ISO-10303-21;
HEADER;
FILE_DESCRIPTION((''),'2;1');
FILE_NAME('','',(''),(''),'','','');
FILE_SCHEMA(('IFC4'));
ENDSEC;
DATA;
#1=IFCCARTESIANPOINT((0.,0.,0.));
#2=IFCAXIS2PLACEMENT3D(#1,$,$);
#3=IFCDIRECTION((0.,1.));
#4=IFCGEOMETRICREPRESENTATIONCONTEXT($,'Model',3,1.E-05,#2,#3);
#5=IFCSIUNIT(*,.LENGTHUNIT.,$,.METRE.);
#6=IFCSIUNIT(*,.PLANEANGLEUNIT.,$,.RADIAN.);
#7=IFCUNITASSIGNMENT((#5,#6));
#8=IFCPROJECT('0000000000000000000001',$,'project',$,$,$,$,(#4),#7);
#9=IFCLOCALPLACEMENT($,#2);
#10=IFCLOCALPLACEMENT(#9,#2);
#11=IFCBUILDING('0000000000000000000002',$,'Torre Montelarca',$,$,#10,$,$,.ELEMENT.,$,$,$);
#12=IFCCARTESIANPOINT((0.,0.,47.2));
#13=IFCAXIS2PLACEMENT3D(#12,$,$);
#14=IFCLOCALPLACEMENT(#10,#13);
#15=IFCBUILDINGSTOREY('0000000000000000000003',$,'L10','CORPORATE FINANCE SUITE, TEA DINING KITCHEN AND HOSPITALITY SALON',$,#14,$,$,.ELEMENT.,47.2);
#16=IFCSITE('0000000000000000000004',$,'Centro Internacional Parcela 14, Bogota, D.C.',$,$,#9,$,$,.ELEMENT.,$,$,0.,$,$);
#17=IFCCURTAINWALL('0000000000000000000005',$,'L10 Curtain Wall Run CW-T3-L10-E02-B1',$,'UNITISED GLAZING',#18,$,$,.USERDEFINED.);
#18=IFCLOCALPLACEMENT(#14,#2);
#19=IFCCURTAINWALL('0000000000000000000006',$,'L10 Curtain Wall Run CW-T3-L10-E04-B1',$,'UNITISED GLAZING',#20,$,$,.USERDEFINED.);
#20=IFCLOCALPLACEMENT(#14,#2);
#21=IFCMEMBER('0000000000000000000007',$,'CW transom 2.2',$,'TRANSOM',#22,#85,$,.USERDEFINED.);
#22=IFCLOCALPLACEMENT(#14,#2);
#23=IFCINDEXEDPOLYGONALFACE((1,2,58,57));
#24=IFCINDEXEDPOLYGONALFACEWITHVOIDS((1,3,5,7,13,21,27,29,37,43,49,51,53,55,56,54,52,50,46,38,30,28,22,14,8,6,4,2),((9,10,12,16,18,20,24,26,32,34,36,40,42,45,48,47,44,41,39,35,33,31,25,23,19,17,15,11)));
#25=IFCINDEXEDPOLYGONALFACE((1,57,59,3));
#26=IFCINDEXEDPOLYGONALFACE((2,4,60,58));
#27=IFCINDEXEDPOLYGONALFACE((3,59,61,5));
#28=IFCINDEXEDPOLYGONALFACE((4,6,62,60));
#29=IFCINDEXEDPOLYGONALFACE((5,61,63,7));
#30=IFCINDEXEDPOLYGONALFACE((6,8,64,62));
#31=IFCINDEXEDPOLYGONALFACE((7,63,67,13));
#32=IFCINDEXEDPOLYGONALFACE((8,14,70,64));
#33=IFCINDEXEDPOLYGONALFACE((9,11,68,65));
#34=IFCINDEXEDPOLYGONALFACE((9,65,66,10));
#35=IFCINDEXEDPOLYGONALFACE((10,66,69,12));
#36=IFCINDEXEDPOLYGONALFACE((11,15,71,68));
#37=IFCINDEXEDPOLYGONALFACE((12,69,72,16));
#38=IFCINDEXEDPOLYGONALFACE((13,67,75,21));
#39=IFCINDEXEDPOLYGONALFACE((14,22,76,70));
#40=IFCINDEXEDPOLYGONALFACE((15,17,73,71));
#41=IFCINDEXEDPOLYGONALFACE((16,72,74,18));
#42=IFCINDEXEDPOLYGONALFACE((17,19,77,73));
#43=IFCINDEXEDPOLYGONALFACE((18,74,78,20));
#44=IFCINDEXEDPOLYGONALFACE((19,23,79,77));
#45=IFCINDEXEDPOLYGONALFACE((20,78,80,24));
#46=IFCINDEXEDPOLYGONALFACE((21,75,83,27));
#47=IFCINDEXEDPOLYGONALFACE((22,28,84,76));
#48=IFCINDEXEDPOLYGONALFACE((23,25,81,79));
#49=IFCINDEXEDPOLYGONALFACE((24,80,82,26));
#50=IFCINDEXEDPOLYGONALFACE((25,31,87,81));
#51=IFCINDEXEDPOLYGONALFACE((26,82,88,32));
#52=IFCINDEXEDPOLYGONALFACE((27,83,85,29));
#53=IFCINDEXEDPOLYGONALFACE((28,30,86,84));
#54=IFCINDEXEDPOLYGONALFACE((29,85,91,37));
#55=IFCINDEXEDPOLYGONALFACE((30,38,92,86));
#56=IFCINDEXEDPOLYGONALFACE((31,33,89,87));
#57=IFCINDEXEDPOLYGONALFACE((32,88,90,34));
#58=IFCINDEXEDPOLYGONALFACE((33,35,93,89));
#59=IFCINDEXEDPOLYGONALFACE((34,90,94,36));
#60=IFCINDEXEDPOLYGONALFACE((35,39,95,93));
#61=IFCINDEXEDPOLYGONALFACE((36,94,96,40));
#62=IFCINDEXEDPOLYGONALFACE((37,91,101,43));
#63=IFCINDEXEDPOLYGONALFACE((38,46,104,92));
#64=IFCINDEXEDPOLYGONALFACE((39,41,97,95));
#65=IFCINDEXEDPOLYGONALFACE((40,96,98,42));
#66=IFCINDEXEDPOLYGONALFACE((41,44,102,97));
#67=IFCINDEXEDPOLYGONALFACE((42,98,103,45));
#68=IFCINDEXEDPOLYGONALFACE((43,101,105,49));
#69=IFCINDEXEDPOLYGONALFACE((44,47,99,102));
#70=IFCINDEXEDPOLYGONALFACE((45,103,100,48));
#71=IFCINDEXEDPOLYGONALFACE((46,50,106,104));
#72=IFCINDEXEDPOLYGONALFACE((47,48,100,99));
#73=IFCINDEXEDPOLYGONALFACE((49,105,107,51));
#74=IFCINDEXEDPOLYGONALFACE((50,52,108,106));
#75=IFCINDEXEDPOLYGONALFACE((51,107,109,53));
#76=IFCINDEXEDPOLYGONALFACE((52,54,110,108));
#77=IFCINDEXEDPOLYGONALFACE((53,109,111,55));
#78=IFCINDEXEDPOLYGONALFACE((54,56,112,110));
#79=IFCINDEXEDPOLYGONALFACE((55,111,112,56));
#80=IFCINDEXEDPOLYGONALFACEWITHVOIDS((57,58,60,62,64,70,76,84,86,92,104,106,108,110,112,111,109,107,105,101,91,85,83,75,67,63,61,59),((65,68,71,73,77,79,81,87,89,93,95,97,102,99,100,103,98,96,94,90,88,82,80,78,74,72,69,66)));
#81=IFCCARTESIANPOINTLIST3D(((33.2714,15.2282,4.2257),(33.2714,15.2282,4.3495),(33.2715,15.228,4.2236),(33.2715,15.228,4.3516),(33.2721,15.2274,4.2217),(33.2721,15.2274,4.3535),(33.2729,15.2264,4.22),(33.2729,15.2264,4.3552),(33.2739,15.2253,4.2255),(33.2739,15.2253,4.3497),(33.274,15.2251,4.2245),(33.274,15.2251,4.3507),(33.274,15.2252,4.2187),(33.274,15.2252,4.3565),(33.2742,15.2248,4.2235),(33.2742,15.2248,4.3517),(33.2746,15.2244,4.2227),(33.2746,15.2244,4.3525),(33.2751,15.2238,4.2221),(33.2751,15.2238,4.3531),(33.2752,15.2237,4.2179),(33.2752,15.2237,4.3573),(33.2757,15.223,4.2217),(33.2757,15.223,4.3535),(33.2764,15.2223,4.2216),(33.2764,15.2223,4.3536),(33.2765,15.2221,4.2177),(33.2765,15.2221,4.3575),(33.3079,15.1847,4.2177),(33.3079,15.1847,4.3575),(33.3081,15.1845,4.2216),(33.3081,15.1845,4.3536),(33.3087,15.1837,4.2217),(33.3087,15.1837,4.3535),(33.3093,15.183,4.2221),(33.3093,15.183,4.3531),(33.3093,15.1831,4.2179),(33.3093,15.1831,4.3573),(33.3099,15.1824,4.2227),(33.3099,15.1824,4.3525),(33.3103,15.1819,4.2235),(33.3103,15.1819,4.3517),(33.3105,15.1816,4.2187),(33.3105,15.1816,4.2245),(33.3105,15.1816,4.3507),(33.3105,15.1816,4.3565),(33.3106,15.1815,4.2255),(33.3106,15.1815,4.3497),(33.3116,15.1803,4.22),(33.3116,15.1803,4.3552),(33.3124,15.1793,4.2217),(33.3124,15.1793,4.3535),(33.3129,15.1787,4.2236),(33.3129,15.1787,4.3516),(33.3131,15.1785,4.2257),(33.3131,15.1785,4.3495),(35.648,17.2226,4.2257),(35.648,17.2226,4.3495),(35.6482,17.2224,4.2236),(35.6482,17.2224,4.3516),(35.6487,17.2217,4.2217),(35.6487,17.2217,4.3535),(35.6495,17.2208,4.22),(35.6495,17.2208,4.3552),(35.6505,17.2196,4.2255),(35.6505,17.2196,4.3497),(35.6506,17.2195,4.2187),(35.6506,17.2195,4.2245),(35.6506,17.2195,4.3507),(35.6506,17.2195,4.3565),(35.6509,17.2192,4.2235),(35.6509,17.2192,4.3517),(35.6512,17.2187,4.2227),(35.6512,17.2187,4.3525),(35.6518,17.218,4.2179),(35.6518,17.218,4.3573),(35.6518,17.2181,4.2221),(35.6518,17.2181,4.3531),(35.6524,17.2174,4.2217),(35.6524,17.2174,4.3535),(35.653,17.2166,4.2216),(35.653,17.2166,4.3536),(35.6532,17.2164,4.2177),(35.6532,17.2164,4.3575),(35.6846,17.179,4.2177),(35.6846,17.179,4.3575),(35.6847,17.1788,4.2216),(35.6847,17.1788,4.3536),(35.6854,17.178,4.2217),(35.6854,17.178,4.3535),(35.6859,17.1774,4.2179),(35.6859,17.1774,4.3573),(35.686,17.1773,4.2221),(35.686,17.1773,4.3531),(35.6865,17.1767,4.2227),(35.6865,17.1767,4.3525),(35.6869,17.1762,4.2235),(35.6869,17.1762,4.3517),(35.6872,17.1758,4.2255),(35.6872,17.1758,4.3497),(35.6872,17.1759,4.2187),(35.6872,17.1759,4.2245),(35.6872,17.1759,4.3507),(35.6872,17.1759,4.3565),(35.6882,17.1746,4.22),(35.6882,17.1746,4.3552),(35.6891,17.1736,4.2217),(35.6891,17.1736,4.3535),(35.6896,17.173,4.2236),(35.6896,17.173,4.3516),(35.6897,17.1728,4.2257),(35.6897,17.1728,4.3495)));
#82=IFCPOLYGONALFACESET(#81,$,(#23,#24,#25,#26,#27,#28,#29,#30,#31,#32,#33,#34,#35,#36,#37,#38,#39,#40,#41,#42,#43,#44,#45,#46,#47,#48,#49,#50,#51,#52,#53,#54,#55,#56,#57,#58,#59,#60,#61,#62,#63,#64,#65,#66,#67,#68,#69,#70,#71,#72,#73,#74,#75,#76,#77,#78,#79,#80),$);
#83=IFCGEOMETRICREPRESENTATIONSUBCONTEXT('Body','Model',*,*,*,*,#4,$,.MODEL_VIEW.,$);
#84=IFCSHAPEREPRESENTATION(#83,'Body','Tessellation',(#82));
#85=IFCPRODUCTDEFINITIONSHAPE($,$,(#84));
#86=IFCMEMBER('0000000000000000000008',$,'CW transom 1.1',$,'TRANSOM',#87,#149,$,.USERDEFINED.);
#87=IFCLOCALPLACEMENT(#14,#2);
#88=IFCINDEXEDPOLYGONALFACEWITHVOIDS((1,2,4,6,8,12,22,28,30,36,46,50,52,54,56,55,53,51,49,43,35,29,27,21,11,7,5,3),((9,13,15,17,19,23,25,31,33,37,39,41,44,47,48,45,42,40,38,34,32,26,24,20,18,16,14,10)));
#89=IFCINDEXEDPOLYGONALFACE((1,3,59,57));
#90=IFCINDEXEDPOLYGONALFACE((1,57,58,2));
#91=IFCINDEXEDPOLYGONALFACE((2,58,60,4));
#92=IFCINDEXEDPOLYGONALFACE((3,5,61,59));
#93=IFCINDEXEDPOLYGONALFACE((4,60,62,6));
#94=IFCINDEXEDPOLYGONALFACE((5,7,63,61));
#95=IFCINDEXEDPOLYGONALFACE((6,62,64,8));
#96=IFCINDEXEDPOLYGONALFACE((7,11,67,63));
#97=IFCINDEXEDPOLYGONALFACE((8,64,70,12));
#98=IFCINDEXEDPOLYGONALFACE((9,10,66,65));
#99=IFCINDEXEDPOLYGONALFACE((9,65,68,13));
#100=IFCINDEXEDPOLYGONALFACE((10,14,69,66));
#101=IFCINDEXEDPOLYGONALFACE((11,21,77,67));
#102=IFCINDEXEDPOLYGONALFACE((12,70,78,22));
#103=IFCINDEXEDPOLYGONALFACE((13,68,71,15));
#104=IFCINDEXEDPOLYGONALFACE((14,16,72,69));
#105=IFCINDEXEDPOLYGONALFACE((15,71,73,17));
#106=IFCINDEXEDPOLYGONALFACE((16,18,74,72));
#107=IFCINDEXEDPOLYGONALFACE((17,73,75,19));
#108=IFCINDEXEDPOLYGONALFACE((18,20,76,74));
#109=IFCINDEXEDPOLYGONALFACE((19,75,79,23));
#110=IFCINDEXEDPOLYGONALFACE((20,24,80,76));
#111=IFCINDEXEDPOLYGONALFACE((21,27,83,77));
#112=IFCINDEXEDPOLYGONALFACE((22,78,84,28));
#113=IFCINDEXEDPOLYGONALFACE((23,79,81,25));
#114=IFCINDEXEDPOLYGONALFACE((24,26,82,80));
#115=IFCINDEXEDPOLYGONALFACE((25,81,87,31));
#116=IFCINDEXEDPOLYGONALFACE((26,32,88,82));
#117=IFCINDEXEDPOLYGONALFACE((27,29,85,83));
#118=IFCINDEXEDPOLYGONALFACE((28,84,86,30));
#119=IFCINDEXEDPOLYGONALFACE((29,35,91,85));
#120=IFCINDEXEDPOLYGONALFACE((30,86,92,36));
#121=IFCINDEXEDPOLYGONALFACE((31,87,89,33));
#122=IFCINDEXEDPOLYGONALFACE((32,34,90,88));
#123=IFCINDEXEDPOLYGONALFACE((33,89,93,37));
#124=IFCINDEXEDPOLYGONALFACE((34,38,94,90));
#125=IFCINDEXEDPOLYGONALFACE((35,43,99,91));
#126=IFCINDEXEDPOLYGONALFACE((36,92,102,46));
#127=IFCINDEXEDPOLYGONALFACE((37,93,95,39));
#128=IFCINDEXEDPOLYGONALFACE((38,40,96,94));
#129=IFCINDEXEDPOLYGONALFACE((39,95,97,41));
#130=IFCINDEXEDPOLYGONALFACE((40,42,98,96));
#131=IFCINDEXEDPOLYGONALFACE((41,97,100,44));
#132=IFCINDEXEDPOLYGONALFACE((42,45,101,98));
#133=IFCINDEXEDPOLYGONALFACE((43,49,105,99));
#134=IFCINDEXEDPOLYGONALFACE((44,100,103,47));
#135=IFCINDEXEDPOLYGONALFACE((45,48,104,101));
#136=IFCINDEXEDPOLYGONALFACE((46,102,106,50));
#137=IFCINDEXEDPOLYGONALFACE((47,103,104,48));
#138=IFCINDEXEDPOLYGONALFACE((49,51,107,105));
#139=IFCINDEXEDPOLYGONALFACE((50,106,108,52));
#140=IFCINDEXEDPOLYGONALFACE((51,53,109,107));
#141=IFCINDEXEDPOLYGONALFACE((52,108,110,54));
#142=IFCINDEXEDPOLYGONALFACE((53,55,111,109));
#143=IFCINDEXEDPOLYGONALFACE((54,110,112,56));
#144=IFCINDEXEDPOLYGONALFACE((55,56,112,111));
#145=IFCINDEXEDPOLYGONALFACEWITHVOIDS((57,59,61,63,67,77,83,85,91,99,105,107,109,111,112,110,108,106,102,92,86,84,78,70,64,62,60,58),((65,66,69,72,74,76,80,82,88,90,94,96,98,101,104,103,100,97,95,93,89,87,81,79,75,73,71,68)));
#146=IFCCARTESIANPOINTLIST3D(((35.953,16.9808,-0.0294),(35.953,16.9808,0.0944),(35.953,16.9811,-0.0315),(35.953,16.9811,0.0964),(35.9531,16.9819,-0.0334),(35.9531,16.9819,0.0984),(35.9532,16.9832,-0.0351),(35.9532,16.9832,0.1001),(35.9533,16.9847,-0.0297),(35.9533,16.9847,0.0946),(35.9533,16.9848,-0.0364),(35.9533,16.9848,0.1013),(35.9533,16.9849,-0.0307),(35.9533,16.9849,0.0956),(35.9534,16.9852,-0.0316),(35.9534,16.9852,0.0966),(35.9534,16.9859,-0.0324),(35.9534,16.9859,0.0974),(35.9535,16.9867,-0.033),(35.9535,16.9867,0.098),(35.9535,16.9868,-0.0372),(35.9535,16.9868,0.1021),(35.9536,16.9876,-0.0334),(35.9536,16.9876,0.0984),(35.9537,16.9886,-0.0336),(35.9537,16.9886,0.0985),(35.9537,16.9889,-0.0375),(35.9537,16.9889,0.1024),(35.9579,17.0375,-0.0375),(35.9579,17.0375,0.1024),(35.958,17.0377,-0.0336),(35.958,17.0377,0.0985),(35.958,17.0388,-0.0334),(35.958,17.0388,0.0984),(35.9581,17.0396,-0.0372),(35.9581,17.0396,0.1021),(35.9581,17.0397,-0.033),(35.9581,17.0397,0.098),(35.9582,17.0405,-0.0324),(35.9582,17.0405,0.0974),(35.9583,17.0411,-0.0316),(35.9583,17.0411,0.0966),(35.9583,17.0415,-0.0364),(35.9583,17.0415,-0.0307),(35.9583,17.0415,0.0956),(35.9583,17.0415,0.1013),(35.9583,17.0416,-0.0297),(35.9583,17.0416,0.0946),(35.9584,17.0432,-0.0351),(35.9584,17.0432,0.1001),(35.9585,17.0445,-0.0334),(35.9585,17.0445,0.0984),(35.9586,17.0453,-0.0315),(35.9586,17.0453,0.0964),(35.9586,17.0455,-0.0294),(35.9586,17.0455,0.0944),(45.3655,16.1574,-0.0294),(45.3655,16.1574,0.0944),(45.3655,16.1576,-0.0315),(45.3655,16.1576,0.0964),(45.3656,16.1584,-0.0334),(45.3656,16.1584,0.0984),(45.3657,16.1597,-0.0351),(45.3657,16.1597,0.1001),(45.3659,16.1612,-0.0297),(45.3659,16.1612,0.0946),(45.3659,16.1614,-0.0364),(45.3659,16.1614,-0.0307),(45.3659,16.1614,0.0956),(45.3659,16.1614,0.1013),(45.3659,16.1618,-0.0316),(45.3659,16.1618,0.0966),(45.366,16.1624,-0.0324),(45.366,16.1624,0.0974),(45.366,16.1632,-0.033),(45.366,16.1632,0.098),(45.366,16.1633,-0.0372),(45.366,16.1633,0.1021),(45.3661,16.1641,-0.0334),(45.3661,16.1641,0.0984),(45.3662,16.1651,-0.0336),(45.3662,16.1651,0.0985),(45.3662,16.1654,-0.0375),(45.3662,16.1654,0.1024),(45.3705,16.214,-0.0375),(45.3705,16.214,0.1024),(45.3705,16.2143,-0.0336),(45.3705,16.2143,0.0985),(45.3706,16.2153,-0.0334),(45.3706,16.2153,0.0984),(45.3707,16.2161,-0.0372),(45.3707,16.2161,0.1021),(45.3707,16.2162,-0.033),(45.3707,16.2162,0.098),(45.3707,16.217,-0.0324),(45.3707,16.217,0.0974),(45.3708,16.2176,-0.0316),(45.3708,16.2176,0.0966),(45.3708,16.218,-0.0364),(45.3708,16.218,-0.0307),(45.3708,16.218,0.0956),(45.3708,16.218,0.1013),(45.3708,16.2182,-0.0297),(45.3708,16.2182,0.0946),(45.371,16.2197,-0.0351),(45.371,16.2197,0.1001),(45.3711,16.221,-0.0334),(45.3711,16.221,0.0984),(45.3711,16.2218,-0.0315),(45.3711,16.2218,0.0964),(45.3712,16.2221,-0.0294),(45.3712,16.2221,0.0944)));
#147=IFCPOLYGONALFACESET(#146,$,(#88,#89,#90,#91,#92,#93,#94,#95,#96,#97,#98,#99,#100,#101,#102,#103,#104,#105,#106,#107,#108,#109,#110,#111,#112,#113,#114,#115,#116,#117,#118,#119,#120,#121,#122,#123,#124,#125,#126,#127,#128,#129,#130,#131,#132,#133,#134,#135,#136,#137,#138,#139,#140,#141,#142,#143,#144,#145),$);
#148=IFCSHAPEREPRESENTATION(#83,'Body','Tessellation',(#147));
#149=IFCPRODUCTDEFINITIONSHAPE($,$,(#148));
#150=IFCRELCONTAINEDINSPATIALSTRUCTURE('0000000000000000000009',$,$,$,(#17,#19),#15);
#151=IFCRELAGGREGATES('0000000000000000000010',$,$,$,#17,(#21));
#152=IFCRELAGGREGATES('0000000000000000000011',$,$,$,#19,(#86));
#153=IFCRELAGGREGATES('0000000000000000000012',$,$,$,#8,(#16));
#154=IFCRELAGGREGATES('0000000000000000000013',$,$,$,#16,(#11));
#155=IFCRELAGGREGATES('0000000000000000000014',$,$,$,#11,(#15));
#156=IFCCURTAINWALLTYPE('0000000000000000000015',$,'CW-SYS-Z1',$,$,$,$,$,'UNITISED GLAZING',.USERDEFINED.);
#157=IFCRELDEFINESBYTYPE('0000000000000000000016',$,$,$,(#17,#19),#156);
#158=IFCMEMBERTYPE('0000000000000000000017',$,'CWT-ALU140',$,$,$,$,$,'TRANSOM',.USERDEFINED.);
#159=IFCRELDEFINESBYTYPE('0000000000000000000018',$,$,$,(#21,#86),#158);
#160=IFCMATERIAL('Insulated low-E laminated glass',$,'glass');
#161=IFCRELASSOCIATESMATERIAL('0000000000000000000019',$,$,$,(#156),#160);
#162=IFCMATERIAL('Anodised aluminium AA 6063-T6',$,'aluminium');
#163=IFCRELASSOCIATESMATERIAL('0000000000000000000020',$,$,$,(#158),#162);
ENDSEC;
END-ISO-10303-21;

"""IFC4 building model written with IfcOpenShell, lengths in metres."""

from ifc_helpers import new_model, si_unit, direction, frame, origin, origin_2d, place, context, subcontext, project, spatial, hollow_rectangle, extrude, source, transform, mapped, material, material_profile, profile_set, type_object, element, aggregate, save


model = new_model("IFC4")

# Units and contexts
model_context = context("Model", 3, precision=1e-05, world=origin(), true_north=direction((0.0, 1.0)))
body_context = subcontext(model_context, "Body", "Model", "MODEL_VIEW")
ifc_project = project(units=[si_unit("LENGTHUNIT", "METRE"), si_unit("PLANEANGLEUNIT", "RADIAN")], contexts=[model_context])

# Site, building, storey
site_placement = place(None, origin())
site = spatial("IfcSite", under=ifc_project, at=site_placement, Name="Centro Internacional Parcela 14, Bogota, D.C.", CompositionType="ELEMENT", RefElevation=0.0)
building_placement = place(site_placement, origin())
building = spatial("IfcBuilding", under=site, at=building_placement, Name="Torre Montelarca", CompositionType="ELEMENT")
storey_placement = place(building_placement, frame((0.0, 0.0, 47.2)))
storey = spatial("IfcBuildingStorey", under=building, at=storey_placement, Name="L10", Description="CORPORATE FINANCE SUITE, TEA DINING KITCHEN AND HOSPITALITY SALON", CompositionType="ELEMENT", Elevation=47.2)

# Shared definitions
ifc_material_1 = material(Name="Insulated low-E laminated glass", Category="glass")
curtain_wall_type = type_object("IfcCurtainWallType", Name="CW-SYS-Z1", ElementType="UNITISED GLAZING", PredefinedType="USERDEFINED", material=ifc_material_1)
ifc_material_2 = material(Name="Anodised aluminium AA 6063-T6", Category="aluminium")

# Curtain wall
curtain_wall_1_placement = place(storey_placement, origin())
curtain_wall_1 = element("IfcCurtainWall", 1, at=curtain_wall_1_placement, inside=storey, type_object=curtain_wall_type, Name="L10 Curtain Wall Run CW-T3-L10-E02-B1", ObjectType="UNITISED GLAZING", PredefinedType="USERDEFINED")

# Curtain wall
curtain_wall_2_placement = place(storey_placement, origin())
curtain_wall_2 = element("IfcCurtainWall", 2, at=curtain_wall_2_placement, inside=storey, type_object=curtain_wall_type, Name="L10 Curtain Wall Run CW-T3-L10-E04-B1", ObjectType="UNITISED GLAZING", PredefinedType="USERDEFINED")

# Members
ifc_material_profile_1 = material_profile(ifc_material_2, hollow_rectangle(XDim=0.0649, YDim=0.1399, WallThickness=0.0039, InnerFilletRadius=0.0039, OuterFilletRadius=0.0081, at=origin_2d()), Name="ALU65X140X4", Category="aluminium")
ifc_profile_set_1 = profile_set([ifc_material_profile_1], Name="Anodised aluminium AA 6063-T6")
member_type_1 = type_object("IfcMemberType", Name="CWT-ALU140", ElementType="TRANSOM", PredefinedType="USERDEFINED", material=ifc_profile_set_1)
shared_shape_1 = source(origin(), body_context, "Body", "SweptSolid", [
    extrude(hollow_rectangle(XDim=0.0649, YDim=0.1399, WallThickness=0.0039, InnerFilletRadius=0.0039, OuterFilletRadius=0.0081, at=origin_2d()), origin(), (0.0, 0.0, 1.0), 3.1025),
])
member_1_placement = place(storey_placement, frame((33.2922, 15.2034, 4.2876), z_axis=(0.76603, 0.642804, 0.0), x_axis=(-0.642804, 0.76603, 0.0)))
member_1 = element("IfcMember", 3, at=member_1_placement, type_object=member_type_1, Name="CW transom 2.2", ObjectType="TRANSOM", PredefinedType="USERDEFINED", context=body_context, shape_type="MappedRepresentation", body=[
    mapped(shared_shape_1, transform((0.0, 0.0, 0.0), scale=1.0)),
])
shared_shape_2 = source(origin(), body_context, "Body", "SweptSolid", [
    extrude(hollow_rectangle(XDim=0.0649, YDim=0.1399, WallThickness=0.0039, InnerFilletRadius=0.0039, OuterFilletRadius=0.0081, at=origin_2d()), origin(), (0.0, 0.0, 1.0), 9.4485),
])
member_2_placement = place(storey_placement, frame((35.9558, 17.0132, 0.0325), z_axis=(0.996195, -0.087155, 0.0), x_axis=(0.087155, 0.996195, 0.0)))
member_2 = element("IfcMember", 4, at=member_2_placement, type_object=member_type_1, Name="CW transom 1.1", ObjectType="TRANSOM", PredefinedType="USERDEFINED", context=body_context, shape_type="MappedRepresentation", body=[
    mapped(shared_shape_2, transform((0.0, 0.0, 0.0), scale=1.0)),
])

aggregate(curtain_wall_1, [member_1])
aggregate(curtain_wall_2, [member_2])

save(model, "model.ifc")
